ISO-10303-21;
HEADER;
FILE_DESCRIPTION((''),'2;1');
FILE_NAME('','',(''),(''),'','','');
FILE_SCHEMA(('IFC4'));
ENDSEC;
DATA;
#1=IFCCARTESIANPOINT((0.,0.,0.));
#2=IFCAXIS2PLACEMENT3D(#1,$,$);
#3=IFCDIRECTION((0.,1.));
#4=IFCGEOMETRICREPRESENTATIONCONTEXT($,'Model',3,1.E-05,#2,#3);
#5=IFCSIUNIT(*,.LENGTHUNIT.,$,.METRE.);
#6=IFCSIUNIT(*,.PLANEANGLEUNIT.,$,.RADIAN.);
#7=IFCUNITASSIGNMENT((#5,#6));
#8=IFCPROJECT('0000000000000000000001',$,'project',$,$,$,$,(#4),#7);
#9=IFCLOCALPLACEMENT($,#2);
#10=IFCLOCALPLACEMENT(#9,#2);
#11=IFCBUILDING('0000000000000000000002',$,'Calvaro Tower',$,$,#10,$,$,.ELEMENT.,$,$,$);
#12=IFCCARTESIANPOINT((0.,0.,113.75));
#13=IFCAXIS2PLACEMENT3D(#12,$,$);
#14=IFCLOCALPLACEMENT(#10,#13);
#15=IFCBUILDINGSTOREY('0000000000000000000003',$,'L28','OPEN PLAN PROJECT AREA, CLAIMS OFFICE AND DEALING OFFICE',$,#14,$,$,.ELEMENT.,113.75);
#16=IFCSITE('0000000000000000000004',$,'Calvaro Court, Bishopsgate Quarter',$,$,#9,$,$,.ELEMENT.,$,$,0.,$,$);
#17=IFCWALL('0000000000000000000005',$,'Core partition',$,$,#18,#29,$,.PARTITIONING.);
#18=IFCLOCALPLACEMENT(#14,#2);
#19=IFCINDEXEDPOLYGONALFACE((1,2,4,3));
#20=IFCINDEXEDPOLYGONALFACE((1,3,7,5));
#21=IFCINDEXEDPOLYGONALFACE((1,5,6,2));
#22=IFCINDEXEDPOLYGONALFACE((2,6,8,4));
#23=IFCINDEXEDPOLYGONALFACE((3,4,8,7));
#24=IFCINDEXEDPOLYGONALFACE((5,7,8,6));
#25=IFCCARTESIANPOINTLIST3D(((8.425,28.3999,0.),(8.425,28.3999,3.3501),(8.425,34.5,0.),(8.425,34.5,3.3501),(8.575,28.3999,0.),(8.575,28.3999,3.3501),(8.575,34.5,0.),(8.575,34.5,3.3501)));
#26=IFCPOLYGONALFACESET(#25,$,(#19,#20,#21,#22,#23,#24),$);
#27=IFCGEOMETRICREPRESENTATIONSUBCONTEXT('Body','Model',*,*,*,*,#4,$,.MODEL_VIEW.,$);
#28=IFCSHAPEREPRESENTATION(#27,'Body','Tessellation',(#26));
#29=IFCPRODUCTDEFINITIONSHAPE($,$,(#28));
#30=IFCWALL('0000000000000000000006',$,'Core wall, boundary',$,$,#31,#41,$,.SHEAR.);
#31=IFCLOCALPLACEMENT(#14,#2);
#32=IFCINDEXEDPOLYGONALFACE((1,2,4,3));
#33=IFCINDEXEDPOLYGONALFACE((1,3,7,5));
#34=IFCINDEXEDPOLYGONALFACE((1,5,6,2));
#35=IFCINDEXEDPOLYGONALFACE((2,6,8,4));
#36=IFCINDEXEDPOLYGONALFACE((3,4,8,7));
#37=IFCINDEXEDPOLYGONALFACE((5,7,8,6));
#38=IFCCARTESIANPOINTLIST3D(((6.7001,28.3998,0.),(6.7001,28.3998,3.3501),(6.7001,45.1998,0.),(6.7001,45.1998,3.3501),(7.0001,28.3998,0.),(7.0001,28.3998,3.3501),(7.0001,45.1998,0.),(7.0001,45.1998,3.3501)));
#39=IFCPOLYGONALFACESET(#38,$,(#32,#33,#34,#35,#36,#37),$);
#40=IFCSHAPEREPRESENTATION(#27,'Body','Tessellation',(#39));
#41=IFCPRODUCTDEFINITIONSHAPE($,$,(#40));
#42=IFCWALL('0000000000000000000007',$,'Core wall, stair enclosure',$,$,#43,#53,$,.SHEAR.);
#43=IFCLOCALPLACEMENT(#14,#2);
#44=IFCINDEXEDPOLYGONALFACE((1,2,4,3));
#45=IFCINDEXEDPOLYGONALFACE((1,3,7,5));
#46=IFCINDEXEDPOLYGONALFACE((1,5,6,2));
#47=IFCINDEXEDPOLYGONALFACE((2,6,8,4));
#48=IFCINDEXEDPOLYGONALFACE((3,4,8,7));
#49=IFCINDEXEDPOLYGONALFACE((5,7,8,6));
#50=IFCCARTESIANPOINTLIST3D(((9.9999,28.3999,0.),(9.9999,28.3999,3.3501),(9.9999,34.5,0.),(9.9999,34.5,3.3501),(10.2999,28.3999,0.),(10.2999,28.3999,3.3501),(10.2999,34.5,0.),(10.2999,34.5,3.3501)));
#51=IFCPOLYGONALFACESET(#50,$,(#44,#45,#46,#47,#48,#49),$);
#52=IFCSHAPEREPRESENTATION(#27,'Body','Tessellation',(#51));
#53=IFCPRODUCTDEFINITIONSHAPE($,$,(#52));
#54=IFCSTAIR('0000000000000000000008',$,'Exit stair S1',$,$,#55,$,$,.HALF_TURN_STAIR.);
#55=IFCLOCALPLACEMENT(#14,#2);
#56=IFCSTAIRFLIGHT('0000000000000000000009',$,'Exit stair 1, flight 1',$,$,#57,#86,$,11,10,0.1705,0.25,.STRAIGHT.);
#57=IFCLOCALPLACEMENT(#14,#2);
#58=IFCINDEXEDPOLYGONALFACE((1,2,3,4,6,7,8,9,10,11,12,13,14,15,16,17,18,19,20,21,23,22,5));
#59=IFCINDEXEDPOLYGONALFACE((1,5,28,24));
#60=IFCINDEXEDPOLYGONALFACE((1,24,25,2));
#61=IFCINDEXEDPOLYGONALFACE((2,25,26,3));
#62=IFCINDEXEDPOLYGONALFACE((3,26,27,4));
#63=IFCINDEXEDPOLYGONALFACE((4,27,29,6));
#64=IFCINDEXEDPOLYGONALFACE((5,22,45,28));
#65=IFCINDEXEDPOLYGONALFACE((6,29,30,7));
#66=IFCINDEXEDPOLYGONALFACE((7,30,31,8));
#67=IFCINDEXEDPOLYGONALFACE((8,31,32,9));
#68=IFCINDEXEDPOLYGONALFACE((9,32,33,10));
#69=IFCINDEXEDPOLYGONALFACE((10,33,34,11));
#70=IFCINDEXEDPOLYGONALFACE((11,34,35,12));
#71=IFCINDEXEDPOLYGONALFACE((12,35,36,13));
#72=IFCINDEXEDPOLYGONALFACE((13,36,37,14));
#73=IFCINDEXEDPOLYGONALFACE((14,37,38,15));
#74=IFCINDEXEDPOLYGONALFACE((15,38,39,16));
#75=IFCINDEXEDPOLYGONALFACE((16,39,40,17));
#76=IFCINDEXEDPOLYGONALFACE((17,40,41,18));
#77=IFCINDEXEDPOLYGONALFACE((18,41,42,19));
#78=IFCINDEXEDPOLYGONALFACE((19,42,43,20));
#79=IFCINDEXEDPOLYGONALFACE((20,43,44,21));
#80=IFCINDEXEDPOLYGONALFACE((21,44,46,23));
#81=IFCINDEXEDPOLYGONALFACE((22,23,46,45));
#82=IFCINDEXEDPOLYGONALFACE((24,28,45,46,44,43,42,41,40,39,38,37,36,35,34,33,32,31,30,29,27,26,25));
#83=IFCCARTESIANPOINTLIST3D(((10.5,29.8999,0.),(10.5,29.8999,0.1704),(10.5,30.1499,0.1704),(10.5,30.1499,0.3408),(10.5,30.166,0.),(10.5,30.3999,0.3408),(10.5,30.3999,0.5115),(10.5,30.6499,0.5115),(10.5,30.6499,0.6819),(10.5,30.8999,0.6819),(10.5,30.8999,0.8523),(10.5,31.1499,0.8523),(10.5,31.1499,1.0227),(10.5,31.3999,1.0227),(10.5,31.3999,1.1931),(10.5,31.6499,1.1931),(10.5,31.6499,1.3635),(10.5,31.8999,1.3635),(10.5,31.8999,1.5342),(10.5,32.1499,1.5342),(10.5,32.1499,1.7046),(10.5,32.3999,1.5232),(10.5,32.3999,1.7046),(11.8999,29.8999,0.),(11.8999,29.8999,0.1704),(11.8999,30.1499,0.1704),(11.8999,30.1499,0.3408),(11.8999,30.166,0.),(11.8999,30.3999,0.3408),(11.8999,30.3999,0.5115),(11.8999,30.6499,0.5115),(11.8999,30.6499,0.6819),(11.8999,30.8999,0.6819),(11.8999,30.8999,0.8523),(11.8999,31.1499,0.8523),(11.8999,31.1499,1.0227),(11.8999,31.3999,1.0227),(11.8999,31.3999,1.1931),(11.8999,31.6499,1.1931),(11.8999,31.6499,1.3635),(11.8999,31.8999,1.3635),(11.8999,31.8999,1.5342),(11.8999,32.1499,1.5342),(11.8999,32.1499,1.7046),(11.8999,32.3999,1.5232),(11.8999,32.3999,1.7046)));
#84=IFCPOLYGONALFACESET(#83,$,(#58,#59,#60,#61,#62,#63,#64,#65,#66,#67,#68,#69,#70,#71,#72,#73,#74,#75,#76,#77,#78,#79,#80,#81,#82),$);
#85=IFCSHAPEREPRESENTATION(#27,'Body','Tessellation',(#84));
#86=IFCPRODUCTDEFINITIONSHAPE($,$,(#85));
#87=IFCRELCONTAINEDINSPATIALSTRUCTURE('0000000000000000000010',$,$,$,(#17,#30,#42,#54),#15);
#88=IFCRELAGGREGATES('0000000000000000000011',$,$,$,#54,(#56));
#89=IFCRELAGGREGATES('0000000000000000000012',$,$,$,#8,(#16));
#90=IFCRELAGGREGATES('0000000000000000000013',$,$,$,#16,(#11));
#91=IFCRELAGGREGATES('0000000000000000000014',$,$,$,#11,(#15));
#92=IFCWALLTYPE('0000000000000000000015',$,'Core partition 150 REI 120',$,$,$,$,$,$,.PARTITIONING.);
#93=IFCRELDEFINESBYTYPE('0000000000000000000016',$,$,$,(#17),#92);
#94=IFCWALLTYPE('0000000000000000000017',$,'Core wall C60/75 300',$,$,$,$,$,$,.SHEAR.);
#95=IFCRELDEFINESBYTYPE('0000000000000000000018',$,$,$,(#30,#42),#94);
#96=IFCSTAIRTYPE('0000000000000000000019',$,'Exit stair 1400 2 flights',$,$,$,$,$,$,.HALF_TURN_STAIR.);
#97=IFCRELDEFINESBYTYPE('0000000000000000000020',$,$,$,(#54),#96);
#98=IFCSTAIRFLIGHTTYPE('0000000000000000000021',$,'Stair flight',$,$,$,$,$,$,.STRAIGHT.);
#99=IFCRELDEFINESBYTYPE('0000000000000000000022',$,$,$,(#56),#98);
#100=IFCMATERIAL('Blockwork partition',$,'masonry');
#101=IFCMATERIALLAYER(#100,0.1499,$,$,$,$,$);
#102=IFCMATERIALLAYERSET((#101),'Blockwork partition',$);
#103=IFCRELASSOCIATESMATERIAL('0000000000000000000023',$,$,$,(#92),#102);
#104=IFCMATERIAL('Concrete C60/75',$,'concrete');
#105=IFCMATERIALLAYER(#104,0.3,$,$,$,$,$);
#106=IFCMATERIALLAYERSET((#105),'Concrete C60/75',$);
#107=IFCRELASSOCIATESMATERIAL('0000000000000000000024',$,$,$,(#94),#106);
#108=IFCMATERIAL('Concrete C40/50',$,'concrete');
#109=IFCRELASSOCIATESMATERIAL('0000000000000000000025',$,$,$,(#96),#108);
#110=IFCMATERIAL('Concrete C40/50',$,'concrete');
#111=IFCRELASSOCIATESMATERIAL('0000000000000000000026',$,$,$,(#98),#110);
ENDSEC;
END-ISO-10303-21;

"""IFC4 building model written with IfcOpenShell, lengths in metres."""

from ifc_helpers import new_model, si_unit, direction, frame, frame_2d, origin, place, context, subcontext, project, spatial, polyline, rectangle, outline, extrude, material, layer, layer_set, type_object, element, aggregate, save


model = new_model("IFC4")

# Units and contexts
model_context = context("Model", 3, precision=1e-05, world=origin(), true_north=direction((0.0, 1.0)))
body_context = subcontext(model_context, "Body", "Model", "MODEL_VIEW")
ifc_project = project(units=[si_unit("LENGTHUNIT", "METRE"), si_unit("PLANEANGLEUNIT", "RADIAN")], contexts=[model_context])

# Site, building, storey
site_placement = place(None, origin())
site = spatial("IfcSite", under=ifc_project, at=site_placement, Name="Calvaro Court, Bishopsgate Quarter", CompositionType="ELEMENT", RefElevation=0.0)
building_placement = place(site_placement, origin())
building = spatial("IfcBuilding", under=site, at=building_placement, Name="Calvaro Tower", CompositionType="ELEMENT")
storey_placement = place(building_placement, frame((0.0, 0.0, 113.75)))
storey = spatial("IfcBuildingStorey", under=building, at=storey_placement, Name="L28", Description="OPEN PLAN PROJECT AREA, CLAIMS OFFICE AND DEALING OFFICE", CompositionType="ELEMENT", Elevation=113.75)

# Walls
ifc_material_1 = material(Name="Blockwork partition", Category="masonry")
ifc_layer_1 = layer(ifc_material_1, 0.1499)
ifc_layer_set_1 = layer_set([ifc_layer_1], Name="Blockwork partition")
wall_type_1 = type_object("IfcWallType", Name="Core partition 150 REI 120", PredefinedType="PARTITIONING", material=ifc_layer_set_1)
wall_1_placement = place(storey_placement, frame((8.5, 28.3999, 0.0), z_axis=(0.0, 0.0, 1.0), x_axis=(0.0, 1.0, 0.0)))
element("IfcWall", 1, at=wall_1_placement, inside=storey, type_object=wall_type_1, Name="Core partition", PredefinedType="PARTITIONING", context=body_context, shape_type="SweptSolid", body=[
    extrude(rectangle(XDim=6.1001, YDim=0.1499, at=frame_2d((3.05, 0.0))), origin(), (0.0, 0.0, 1.0), 3.3501),
])
ifc_material_2 = material(Name="Concrete C60/75", Category="concrete")
ifc_layer_2 = layer(ifc_material_2, 0.3)
ifc_layer_set_2 = layer_set([ifc_layer_2], Name="Concrete C60/75")
wall_type_2 = type_object("IfcWallType", Name="Core wall C60/75 300", PredefinedType="SHEAR", material=ifc_layer_set_2)
wall_2_placement = place(storey_placement, frame((6.8501, 28.3999, 0.0), z_axis=(0.0, 0.0, 1.0), x_axis=(0.0, 1.0, 0.0)))
element("IfcWall", 2, at=wall_2_placement, inside=storey, type_object=wall_type_2, Name="Core wall, boundary", PredefinedType="SHEAR", context=body_context, shape_type="SweptSolid", body=[
    extrude(rectangle(XDim=16.8, YDim=0.3, at=frame_2d((8.3999, 0.0))), origin(), (0.0, 0.0, 1.0), 3.3501),
])
wall_3_placement = place(storey_placement, frame((10.1499, 28.3999, 0.0), z_axis=(0.0, 0.0, 1.0), x_axis=(0.0, 1.0, 0.0)))
element("IfcWall", 3, at=wall_3_placement, inside=storey, type_object=wall_type_2, Name="Core wall, stair enclosure", PredefinedType="SHEAR", context=body_context, shape_type="SweptSolid", body=[
    extrude(rectangle(XDim=6.1001, YDim=0.3, at=frame_2d((3.05, 0.0))), origin(), (0.0, 0.0, 1.0), 3.3501),
])

# Stair, stair flight
ifc_material_3 = material(Name="Concrete C40/50", Category="concrete")
stair_type = type_object("IfcStairType", Name="Exit stair 1400 2 flights", PredefinedType="HALF_TURN_STAIR", material=ifc_material_3)
stair_placement = place(storey_placement, origin())
stair = element("IfcStair", 4, at=stair_placement, inside=storey, type_object=stair_type, Name="Exit stair S1", PredefinedType="HALF_TURN_STAIR")
ifc_material_4 = material(Name="Concrete C40/50", Category="concrete")
stair_flight_type = type_object("IfcStairFlightType", Name="Stair flight", PredefinedType="STRAIGHT", material=ifc_material_4)
stair_flight_placement = place(storey_placement, frame((11.2, 29.8999, 0.0), z_axis=(0.0, 0.0, 1.0), x_axis=(0.0, 1.0, 0.0)))
stair_flight = element("IfcStairFlight", 5, at=stair_flight_placement, type_object=stair_flight_type, Name="Exit stair 1, flight 1", NumberOfRisers=11, NumberOfTreads=10, PredefinedType="STRAIGHT", RiserHeight=0.1705, TreadLength=0.25, context=body_context, shape_type="SweptSolid", body=[
    extrude(outline(polyline([(0.0, 0.0), (0.0, 0.1704), (0.25, 0.1704), (0.25, 0.3408), (0.5, 0.3408), (0.5, 0.5115), (0.75, 0.5115), (0.75, 0.6819), (1.0, 0.6819), (1.0, 0.8523), (1.25, 0.8523), (1.25, 1.0227), (1.5, 1.0227), (1.5, 1.1931), (1.75, 1.1931), (1.75, 1.3635), (2.0, 1.3635), (2.0, 1.5342), (2.25, 1.5342), (2.25, 1.7046), (2.5, 1.7046), (2.5, 1.875), (2.5, 1.5232), (0.2661, 0.0), (0.0, 0.0)])), frame((0.0, 0.7, 0.0), z_axis=(0.0, -1.0, 0.0), x_axis=(1.0, 0.0, 0.0)), (0.0, 0.0, 1.0), 1.3999),
])
aggregate(stair, [stair_flight])

save(model, "model.ifc")
